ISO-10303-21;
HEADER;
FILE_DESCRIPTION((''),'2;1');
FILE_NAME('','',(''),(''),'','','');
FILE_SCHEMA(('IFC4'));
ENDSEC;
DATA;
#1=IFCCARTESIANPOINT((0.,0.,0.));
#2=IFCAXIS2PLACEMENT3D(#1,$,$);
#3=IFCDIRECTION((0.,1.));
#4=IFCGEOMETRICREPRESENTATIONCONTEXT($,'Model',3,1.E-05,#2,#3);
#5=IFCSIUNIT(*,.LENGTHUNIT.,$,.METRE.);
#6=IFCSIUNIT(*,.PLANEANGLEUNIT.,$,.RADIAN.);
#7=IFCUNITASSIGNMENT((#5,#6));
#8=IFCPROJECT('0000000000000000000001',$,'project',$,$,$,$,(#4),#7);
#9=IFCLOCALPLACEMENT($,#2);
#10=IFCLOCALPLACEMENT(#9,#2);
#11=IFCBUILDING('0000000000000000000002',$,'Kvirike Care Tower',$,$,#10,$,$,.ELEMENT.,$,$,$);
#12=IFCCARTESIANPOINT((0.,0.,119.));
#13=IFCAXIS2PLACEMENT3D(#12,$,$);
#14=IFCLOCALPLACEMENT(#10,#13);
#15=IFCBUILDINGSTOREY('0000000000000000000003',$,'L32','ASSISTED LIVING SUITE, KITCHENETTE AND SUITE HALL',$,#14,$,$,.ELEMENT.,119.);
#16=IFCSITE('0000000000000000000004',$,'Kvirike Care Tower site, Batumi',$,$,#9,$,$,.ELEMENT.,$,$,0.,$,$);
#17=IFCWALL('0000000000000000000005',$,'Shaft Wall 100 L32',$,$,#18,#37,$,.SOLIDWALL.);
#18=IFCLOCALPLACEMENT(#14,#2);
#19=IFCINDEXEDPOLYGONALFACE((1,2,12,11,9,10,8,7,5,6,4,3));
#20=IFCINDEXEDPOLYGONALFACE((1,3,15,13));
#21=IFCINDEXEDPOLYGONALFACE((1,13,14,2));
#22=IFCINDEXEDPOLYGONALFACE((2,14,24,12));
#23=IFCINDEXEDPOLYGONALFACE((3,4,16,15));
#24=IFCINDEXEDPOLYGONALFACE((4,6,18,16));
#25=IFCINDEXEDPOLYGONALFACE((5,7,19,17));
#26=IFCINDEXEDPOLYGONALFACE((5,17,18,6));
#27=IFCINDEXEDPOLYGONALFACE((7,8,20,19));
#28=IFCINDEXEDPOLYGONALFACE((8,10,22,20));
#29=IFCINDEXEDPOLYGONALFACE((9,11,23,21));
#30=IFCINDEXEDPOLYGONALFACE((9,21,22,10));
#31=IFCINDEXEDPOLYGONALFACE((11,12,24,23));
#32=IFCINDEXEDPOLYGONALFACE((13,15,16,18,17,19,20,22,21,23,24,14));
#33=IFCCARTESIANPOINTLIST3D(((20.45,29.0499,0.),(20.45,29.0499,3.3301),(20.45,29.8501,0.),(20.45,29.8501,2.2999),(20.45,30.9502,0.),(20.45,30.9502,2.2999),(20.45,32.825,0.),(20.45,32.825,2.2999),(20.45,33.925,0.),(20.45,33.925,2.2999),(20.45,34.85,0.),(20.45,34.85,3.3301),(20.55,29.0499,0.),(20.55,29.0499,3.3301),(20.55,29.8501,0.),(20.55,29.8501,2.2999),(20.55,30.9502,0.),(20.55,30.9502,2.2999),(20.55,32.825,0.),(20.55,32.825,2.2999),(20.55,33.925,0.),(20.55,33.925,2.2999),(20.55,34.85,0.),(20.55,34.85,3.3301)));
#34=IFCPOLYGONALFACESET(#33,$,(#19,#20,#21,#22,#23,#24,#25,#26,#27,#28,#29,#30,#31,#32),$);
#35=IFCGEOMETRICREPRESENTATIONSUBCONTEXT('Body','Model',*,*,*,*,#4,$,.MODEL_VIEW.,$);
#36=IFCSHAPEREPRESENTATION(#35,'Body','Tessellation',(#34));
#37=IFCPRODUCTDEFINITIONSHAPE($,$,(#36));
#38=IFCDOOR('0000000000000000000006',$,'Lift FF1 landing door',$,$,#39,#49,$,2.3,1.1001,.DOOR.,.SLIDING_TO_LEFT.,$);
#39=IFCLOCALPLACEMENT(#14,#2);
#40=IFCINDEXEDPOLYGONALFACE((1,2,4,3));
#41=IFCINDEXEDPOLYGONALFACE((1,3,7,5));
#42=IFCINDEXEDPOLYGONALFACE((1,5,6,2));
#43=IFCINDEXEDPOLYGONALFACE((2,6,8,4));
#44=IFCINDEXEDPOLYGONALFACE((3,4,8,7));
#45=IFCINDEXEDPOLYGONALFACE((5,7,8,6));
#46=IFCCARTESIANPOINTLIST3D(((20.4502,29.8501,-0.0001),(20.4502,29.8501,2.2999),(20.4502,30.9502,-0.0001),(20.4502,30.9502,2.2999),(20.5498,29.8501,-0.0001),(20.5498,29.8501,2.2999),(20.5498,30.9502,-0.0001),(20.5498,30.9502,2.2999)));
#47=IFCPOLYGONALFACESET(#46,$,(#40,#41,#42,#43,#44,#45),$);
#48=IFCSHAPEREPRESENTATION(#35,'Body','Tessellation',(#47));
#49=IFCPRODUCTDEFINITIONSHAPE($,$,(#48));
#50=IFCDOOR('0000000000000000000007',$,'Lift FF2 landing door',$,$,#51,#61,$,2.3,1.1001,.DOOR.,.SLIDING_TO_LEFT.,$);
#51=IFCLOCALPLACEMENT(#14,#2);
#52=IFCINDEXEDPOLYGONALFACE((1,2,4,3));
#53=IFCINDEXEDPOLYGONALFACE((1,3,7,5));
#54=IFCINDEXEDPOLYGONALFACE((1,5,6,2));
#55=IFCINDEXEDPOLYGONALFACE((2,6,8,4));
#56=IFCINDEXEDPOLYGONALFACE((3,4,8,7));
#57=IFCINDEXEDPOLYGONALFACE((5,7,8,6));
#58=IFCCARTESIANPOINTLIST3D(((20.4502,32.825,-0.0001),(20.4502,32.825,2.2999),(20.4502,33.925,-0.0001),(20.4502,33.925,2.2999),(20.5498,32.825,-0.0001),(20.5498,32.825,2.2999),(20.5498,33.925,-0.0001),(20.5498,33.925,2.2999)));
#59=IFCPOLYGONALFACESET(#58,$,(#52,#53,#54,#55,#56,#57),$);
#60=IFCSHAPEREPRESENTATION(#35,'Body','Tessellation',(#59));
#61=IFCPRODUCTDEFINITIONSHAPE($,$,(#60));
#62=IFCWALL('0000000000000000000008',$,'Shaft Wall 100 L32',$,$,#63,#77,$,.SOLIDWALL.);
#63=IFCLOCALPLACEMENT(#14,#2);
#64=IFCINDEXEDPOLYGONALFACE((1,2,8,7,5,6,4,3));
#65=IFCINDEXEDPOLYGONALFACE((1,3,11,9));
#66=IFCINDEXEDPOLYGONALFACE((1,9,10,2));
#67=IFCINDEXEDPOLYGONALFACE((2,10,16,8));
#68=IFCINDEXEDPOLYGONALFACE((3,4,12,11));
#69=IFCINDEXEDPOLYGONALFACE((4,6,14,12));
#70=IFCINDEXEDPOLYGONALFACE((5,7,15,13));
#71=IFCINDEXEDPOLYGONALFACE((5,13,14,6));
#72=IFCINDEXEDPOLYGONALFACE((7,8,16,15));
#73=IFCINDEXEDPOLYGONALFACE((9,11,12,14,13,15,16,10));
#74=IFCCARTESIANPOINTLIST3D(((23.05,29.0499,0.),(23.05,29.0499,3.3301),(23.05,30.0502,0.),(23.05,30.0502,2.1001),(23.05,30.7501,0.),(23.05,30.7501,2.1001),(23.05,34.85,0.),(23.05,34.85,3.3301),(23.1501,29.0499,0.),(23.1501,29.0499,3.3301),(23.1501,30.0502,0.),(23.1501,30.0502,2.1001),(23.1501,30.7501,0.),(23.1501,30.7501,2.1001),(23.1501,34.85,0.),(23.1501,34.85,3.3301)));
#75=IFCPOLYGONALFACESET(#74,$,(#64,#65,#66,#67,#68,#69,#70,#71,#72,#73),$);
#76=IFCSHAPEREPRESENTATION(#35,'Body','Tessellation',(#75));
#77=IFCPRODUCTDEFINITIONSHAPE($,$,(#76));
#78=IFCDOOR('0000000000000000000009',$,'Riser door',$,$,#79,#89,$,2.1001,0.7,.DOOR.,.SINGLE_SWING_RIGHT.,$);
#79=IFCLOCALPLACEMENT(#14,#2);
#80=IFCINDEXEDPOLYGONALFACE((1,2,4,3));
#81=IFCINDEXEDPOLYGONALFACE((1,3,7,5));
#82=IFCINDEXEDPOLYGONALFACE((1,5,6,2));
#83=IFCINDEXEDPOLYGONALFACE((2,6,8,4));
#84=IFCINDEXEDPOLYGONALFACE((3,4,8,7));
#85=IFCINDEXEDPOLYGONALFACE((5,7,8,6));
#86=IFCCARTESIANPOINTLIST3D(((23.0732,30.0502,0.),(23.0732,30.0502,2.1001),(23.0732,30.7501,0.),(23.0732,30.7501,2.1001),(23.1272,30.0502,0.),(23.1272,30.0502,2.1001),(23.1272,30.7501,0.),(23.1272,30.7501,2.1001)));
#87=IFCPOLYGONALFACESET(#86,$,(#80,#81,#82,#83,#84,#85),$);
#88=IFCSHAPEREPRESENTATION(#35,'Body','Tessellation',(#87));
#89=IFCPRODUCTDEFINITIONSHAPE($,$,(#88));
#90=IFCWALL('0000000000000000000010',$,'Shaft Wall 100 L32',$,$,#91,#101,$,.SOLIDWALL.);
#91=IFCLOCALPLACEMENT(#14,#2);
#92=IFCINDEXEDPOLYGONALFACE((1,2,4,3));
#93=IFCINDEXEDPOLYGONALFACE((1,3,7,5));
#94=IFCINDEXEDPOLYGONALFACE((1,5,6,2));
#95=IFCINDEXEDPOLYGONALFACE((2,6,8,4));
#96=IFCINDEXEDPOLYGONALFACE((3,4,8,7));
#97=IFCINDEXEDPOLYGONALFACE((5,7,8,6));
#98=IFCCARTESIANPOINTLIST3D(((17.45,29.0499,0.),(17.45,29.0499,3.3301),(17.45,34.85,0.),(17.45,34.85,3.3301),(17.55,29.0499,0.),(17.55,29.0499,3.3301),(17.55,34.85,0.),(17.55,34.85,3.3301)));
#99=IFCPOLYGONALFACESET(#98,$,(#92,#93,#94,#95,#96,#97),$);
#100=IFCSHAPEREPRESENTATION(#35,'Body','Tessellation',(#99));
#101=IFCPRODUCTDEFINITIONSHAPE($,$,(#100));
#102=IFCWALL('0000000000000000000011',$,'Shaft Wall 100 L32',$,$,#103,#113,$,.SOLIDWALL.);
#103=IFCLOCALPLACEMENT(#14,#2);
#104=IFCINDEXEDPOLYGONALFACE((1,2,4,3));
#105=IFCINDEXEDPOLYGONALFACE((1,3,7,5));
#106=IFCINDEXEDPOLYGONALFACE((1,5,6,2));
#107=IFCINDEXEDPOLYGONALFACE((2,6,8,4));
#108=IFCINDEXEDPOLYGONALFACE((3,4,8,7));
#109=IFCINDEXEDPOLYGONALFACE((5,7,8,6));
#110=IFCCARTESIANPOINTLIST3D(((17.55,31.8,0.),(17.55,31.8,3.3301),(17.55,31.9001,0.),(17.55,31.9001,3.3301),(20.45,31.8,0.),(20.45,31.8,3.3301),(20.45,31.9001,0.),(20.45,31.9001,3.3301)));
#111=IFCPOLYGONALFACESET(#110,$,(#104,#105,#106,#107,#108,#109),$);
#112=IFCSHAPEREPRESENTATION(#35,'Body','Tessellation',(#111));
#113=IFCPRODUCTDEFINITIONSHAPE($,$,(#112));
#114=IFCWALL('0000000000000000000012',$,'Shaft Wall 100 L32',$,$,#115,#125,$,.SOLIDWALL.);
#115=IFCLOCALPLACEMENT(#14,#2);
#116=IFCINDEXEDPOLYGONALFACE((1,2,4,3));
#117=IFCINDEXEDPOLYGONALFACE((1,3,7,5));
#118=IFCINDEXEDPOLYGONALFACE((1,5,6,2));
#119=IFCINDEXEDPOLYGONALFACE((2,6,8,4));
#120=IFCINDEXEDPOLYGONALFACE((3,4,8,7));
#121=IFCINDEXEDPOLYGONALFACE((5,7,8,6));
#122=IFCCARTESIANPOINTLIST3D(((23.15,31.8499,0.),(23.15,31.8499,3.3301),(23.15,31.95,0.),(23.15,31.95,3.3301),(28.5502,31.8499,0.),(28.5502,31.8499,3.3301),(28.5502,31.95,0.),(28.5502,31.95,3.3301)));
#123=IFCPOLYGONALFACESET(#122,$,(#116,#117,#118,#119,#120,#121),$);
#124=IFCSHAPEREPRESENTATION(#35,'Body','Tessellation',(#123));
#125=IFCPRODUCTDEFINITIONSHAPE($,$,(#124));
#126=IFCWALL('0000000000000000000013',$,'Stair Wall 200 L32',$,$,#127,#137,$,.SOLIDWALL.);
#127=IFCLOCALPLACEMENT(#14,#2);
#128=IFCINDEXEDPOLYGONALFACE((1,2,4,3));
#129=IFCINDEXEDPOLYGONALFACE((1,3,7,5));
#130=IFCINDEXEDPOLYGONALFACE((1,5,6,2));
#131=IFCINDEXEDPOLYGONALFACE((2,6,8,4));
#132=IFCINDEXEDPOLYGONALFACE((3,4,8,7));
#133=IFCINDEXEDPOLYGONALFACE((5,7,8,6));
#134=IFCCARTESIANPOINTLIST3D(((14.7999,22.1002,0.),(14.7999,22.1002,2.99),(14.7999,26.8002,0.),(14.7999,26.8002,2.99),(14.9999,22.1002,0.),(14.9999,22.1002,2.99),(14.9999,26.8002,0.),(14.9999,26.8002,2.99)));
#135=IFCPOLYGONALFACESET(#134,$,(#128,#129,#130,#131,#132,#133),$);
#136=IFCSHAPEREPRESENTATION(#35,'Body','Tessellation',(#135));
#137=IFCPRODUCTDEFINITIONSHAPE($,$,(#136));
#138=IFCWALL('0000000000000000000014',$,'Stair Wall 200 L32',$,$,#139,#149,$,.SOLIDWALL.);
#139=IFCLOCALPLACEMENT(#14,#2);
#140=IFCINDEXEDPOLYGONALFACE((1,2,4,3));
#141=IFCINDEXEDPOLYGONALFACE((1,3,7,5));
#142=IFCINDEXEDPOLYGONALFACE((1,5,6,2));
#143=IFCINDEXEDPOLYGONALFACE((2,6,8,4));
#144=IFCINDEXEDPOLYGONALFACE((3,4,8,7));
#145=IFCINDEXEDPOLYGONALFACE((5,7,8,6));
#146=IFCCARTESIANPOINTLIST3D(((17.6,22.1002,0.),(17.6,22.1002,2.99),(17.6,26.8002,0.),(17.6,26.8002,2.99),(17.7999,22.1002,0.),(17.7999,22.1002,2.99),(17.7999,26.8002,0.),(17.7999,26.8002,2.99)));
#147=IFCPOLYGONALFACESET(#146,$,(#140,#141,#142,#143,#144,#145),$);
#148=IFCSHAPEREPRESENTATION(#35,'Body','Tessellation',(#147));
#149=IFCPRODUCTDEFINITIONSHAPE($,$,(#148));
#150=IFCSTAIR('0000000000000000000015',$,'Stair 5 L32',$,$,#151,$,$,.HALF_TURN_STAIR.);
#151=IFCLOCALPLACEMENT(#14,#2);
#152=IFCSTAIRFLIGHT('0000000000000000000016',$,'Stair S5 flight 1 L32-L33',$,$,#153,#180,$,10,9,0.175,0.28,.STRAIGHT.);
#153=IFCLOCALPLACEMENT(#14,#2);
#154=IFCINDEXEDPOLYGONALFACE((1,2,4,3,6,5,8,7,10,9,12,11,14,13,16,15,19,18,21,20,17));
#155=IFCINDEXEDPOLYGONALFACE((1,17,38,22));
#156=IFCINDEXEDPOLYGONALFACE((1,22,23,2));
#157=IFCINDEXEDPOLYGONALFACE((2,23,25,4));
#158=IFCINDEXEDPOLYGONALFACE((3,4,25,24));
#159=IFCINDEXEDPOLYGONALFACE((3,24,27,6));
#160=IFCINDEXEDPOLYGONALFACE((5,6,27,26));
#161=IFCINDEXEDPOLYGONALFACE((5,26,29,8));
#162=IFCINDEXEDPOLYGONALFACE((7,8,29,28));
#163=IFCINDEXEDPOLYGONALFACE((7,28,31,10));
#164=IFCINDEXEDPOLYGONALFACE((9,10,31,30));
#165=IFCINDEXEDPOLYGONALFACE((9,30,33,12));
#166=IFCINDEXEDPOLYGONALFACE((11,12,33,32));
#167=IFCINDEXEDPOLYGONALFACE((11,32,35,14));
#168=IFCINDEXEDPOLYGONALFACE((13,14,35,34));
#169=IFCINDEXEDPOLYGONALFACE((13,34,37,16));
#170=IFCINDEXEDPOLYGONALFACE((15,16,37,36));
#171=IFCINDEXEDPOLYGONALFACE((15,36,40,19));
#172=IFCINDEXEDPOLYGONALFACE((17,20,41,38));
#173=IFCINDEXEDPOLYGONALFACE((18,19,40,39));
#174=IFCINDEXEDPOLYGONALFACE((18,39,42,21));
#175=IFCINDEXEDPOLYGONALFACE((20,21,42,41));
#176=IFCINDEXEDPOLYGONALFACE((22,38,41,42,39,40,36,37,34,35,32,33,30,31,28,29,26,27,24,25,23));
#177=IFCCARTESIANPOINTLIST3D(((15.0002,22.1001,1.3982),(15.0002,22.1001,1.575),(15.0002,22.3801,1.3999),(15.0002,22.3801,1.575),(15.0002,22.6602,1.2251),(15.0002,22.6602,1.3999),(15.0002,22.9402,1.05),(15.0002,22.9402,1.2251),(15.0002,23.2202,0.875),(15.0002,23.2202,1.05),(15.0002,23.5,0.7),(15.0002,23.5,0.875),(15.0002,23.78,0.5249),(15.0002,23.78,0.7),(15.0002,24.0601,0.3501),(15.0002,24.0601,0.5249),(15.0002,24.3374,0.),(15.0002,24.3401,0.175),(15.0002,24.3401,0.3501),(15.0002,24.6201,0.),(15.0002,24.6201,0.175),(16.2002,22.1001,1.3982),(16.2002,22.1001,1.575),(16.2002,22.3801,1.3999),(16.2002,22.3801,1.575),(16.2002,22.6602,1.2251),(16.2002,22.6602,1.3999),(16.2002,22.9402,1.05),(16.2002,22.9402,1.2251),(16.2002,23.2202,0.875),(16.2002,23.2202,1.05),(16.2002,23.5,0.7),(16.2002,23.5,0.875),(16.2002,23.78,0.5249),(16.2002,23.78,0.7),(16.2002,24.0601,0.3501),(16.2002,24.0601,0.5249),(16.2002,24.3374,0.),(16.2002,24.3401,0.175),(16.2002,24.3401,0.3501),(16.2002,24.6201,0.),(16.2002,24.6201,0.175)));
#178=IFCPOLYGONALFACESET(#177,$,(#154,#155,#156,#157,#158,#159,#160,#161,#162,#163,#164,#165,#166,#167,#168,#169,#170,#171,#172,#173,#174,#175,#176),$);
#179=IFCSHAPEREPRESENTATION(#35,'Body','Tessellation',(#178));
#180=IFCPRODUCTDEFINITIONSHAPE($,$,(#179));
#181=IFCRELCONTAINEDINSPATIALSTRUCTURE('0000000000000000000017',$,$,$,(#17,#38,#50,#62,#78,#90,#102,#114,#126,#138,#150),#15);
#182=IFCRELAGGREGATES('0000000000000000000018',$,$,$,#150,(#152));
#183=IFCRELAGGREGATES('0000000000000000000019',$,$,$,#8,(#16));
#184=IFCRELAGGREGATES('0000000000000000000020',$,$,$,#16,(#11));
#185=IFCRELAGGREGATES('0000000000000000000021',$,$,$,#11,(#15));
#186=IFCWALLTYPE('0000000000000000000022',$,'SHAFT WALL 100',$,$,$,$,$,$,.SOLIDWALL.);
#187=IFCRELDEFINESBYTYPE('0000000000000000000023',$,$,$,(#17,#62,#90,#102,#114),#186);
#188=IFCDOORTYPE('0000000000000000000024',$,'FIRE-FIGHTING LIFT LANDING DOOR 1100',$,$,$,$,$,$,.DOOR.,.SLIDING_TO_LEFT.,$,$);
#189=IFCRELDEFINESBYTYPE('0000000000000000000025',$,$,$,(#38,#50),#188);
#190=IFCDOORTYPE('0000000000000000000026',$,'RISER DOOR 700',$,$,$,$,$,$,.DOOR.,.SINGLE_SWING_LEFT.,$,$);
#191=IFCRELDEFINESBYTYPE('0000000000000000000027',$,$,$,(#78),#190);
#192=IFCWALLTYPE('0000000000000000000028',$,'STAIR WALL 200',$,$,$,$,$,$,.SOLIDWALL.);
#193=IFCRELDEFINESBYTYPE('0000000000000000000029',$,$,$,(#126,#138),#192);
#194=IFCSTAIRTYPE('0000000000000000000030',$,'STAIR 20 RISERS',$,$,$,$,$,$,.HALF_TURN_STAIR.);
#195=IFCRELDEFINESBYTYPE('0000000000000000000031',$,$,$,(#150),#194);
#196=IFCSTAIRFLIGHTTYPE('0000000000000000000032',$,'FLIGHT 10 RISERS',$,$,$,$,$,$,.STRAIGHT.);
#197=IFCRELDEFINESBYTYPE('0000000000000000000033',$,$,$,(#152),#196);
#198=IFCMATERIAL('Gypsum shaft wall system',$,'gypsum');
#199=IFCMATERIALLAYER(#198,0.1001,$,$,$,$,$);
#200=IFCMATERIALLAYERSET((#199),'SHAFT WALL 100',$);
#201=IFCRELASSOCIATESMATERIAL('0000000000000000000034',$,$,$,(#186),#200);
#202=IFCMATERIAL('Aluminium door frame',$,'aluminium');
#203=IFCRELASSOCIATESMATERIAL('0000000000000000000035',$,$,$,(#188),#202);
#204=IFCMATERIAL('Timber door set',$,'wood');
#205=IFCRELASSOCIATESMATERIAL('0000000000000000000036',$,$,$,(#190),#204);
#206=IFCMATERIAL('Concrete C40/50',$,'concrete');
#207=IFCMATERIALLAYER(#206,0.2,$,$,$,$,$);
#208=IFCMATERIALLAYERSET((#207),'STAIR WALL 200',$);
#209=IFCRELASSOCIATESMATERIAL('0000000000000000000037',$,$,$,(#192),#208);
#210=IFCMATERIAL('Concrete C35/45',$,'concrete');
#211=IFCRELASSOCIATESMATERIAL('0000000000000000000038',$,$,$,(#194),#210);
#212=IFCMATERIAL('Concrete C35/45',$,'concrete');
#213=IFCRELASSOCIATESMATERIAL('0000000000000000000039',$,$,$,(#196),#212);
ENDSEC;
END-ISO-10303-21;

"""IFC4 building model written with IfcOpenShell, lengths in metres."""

from ifc_helpers import new_model, si_unit, direction, frame, frame_2d, origin, place, context, subcontext, project, spatial, polyline, rectangle, outline, extrude, material, layer, layer_set, type_object, element, fill, aggregate, save


model = new_model("IFC4")

# Units and contexts
model_context = context("Model", 3, precision=1e-05, world=origin(), true_north=direction((0.0, 1.0)))
body_context = subcontext(model_context, "Body", "Model", "MODEL_VIEW")
ifc_project = project(units=[si_unit("LENGTHUNIT", "METRE"), si_unit("PLANEANGLEUNIT", "RADIAN")], contexts=[model_context])

# Site, building, storey
site_placement = place(None, origin())
site = spatial("IfcSite", under=ifc_project, at=site_placement, Name="Kvirike Care Tower site, Batumi", CompositionType="ELEMENT", RefElevation=0.0)
building_placement = place(site_placement, origin())
building = spatial("IfcBuilding", under=site, at=building_placement, Name="Kvirike Care Tower", CompositionType="ELEMENT")
storey_placement = place(building_placement, frame((0.0, 0.0, 119.0)))
storey = spatial("IfcBuildingStorey", under=building, at=storey_placement, Name="L32", Description="ASSISTED LIVING SUITE, KITCHENETTE AND SUITE HALL", CompositionType="ELEMENT", Elevation=119.0)

# Wall, openings, doors
ifc_material_1 = material(Name="Gypsum shaft wall system", Category="gypsum")
ifc_layer_1 = layer(ifc_material_1, 0.1001)
ifc_layer_set_1 = layer_set([ifc_layer_1], Name="SHAFT WALL 100")
wall_type_1 = type_object("IfcWallType", Name="SHAFT WALL 100", PredefinedType="SOLIDWALL", material=ifc_layer_set_1)
wall_1_placement = place(storey_placement, frame((20.5, 29.05, 0.0), z_axis=(0.0, 0.0, 1.0), x_axis=(0.0, 1.0, 0.0)))
wall_1 = element("IfcWall", 1, at=wall_1_placement, inside=storey, type_object=wall_type_1, Name="Shaft Wall 100 L32", PredefinedType="SOLIDWALL", context=body_context, shape_type="SweptSolid", body=[
    extrude(rectangle(XDim=5.8, YDim=0.1001, at=frame_2d((2.8999, 0.0))), origin(), (0.0, 0.0, 1.0), 3.3301),
])
opening_1_placement = place(wall_1_placement, frame((0.8, 0.0, 0.0)))
opening_1 = element("IfcOpeningElement", 2, at=opening_1_placement, cuts=wall_1, PredefinedType="OPENING", context=body_context, shape_type="SweptSolid", body=[
    extrude(rectangle(XDim=1.1001, YDim=2.3, at=frame_2d((0.55, 1.1499))), frame((0.0, 0.0605, 0.0), z_axis=(0.0, -1.0, 0.0), x_axis=(1.0, 0.0, 0.0)), (0.0, 0.0, 1.0), 0.1211),
])
opening_2_placement = place(wall_1_placement, frame((3.7749, 0.0, 0.0)))
opening_2 = element("IfcOpeningElement", 3, at=opening_2_placement, cuts=wall_1, PredefinedType="OPENING", context=body_context, shape_type="SweptSolid", body=[
    extrude(rectangle(XDim=1.1001, YDim=2.3, at=frame_2d((0.55, 1.1499))), frame((0.0, 0.0605, 0.0), z_axis=(0.0, -1.0, 0.0), x_axis=(1.0, 0.0, 0.0)), (0.0, 0.0, 1.0), 0.1211),
])
ifc_material_2 = material(Name="Aluminium door frame", Category="aluminium")
door_type_1 = type_object("IfcDoorType", Name="FIRE-FIGHTING LIFT LANDING DOOR 1100", OperationType="SLIDING_TO_LEFT", PredefinedType="DOOR", material=ifc_material_2)
door_1_placement = place(opening_1_placement, origin())
door_1 = element("IfcDoor", 4, at=door_1_placement, inside=storey, type_object=door_type_1, Name="Lift FF1 landing door", OperationType="SLIDING_TO_LEFT", OverallHeight=2.3, OverallWidth=1.1001, PredefinedType="DOOR", context=body_context, shape_type="SweptSolid", body=[
    extrude(rectangle(XDim=1.1001, YDim=2.3, at=frame_2d((0.55, 1.1499))), frame((0.0, 0.0498, 0.0), z_axis=(0.0, -1.0, 0.0), x_axis=(1.0, 0.0, 0.0)), (0.0, 0.0, 1.0), 0.0996),
])
fill(opening_1, door_1)
door_2_placement = place(opening_2_placement, origin())
door_2 = element("IfcDoor", 5, at=door_2_placement, inside=storey, type_object=door_type_1, Name="Lift FF2 landing door", OperationType="SLIDING_TO_LEFT", OverallHeight=2.3, OverallWidth=1.1001, PredefinedType="DOOR", context=body_context, shape_type="SweptSolid", body=[
    extrude(rectangle(XDim=1.1001, YDim=2.3, at=frame_2d((0.55, 1.1499))), frame((0.0, 0.0498, 0.0), z_axis=(0.0, -1.0, 0.0), x_axis=(1.0, 0.0, 0.0)), (0.0, 0.0, 1.0), 0.0996),
])
fill(opening_2, door_2)

# Wall, opening, door
wall_2_placement = place(storey_placement, frame((23.1001, 29.05, 0.0), z_axis=(0.0, 0.0, 1.0), x_axis=(0.0, 1.0, 0.0)))
wall_2 = element("IfcWall", 6, at=wall_2_placement, inside=storey, type_object=wall_type_1, Name="Shaft Wall 100 L32", PredefinedType="SOLIDWALL", context=body_context, shape_type="SweptSolid", body=[
    extrude(rectangle(XDim=5.8, YDim=0.1001, at=frame_2d((2.8999, 0.0))), origin(), (0.0, 0.0, 1.0), 3.3301),
])
opening_3_placement = place(wall_2_placement, frame((1.0, 0.0, 0.0)))
opening_3 = element("IfcOpeningElement", 7, at=opening_3_placement, cuts=wall_2, PredefinedType="OPENING", context=body_context, shape_type="SweptSolid", body=[
    extrude(rectangle(XDim=0.7, YDim=2.1001, at=frame_2d((0.3501, 1.05))), frame((0.0, 0.0605, 0.0), z_axis=(0.0, -1.0, 0.0), x_axis=(1.0, 0.0, 0.0)), (0.0, 0.0, 1.0), 0.1211),
])
ifc_material_3 = material(Name="Timber door set", Category="wood")
door_type_2 = type_object("IfcDoorType", Name="RISER DOOR 700", OperationType="SINGLE_SWING_LEFT", PredefinedType="DOOR", material=ifc_material_3)
door_3_placement = place(opening_3_placement, origin())
door_3 = element("IfcDoor", 8, at=door_3_placement, inside=storey, type_object=door_type_2, Name="Riser door", OperationType="SINGLE_SWING_RIGHT", OverallHeight=2.1001, OverallWidth=0.7, PredefinedType="DOOR", context=body_context, shape_type="SweptSolid", body=[
    extrude(rectangle(XDim=0.7, YDim=2.1001, at=frame_2d((0.3501, 1.05))), frame((0.0, 0.0269, 0.0), z_axis=(0.0, -1.0, 0.0), x_axis=(1.0, 0.0, 0.0)), (0.0, 0.0, 1.0), 0.054),
])
fill(opening_3, door_3)

# Walls
wall_3_placement = place(storey_placement, frame((17.5, 29.05, 0.0), z_axis=(0.0, 0.0, 1.0), x_axis=(0.0, 1.0, 0.0)))
element("IfcWall", 9, at=wall_3_placement, inside=storey, type_object=wall_type_1, Name="Shaft Wall 100 L32", PredefinedType="SOLIDWALL", context=body_context, shape_type="SweptSolid", body=[
    extrude(rectangle(XDim=5.8, YDim=0.1001, at=frame_2d((2.8999, 0.0))), origin(), (0.0, 0.0, 1.0), 3.3301),
])
wall_4_placement = place(storey_placement, frame((17.55, 31.8501, 0.0), z_axis=(0.0, 0.0, 1.0), x_axis=(1.0, 0.0, 0.0)))
element("IfcWall", 10, at=wall_4_placement, inside=storey, type_object=wall_type_1, Name="Shaft Wall 100 L32", PredefinedType="SOLIDWALL", context=body_context, shape_type="SweptSolid", body=[
    extrude(rectangle(XDim=2.8999, YDim=0.1001, at=frame_2d((1.45, 0.0))), origin(), (0.0, 0.0, 1.0), 3.3301),
])
wall_5_placement = place(storey_placement, frame((23.1499, 31.8999, 0.0), z_axis=(0.0, 0.0, 1.0), x_axis=(1.0, 0.0, 0.0)))
element("IfcWall", 11, at=wall_5_placement, inside=storey, type_object=wall_type_1, Name="Shaft Wall 100 L32", PredefinedType="SOLIDWALL", context=body_context, shape_type="SweptSolid", body=[
    extrude(rectangle(XDim=5.4001, YDim=0.1001, at=frame_2d((2.7002, 0.0))), origin(), (0.0, 0.0, 1.0), 3.3301),
])
ifc_material_4 = material(Name="Concrete C40/50", Category="concrete")
ifc_layer_2 = layer(ifc_material_4, 0.2)
ifc_layer_set_2 = layer_set([ifc_layer_2], Name="STAIR WALL 200")
wall_type_2 = type_object("IfcWallType", Name="STAIR WALL 200", PredefinedType="SOLIDWALL", material=ifc_layer_set_2)
for number, where, z_axis, x_axis, name in (
    (12, (14.8999, 22.1001, 0.0), (0.0, 0.0, 1.0), (0.0, 1.0, 0.0), "Stair Wall 200 L32"),
    (13, (17.7, 22.1001, 0.0), (0.0, 0.0, 1.0), (0.0, 1.0, 0.0), "Stair Wall 200 L32"),
):
    element("IfcWall", number, at=place(storey_placement, frame(where, z_axis=z_axis, x_axis=x_axis)), inside=storey, type_object=wall_type_2, Name=name, PredefinedType="SOLIDWALL", context=body_context, shape_type="SweptSolid", body=[
        extrude(rectangle(XDim=4.7, YDim=0.2, at=frame_2d((2.3501, 0.0))), origin(), (0.0, 0.0, 1.0), 2.99),
    ])

# Stair, stair flight
ifc_material_5 = material(Name="Concrete C35/45", Category="concrete")
stair_type = type_object("IfcStairType", Name="STAIR 20 RISERS", PredefinedType="HALF_TURN_STAIR", material=ifc_material_5)
stair_placement = place(storey_placement, origin())
stair = element("IfcStair", 14, at=stair_placement, inside=storey, type_object=stair_type, Name="Stair 5 L32", PredefinedType="HALF_TURN_STAIR")
ifc_material_6 = material(Name="Concrete C35/45", Category="concrete")
stair_flight_type = type_object("IfcStairFlightType", Name="FLIGHT 10 RISERS", PredefinedType="STRAIGHT", material=ifc_material_6)
stair_flight_1_placement = place(storey_placement, frame((15.6001, 24.6201, 0.0), z_axis=(0.0, 0.0, 1.0), x_axis=(0.0, -1.0, 0.0)))
stair_flight_1 = element("IfcStairFlight", 15, at=stair_flight_1_placement, type_object=stair_flight_type, Name="Stair S5 flight 1 L32-L33", NumberOfRisers=10, NumberOfTreads=9, PredefinedType="STRAIGHT", RiserHeight=0.175, TreadLength=0.28, context=body_context, shape_type="SweptSolid", body=[
    extrude(outline(polyline([(0.0, 0.0), (0.0, 0.175), (0.28, 0.175), (0.28, 0.3501), (0.5601, 0.3501), (0.5601, 0.5249), (0.8401, 0.5249), (0.8401, 0.7), (1.1201, 0.7), (1.1201, 0.875), (1.3999, 0.875), (1.3999, 1.05), (1.6799, 1.05), (1.6799, 1.2251), (1.96, 1.2251), (1.96, 1.3999), (2.24, 1.3999), (2.24, 1.575), (2.52, 1.575), (2.52, 1.75), (2.52, 1.3982), (0.2827, 0.0), (0.0, 0.0)])), frame((0.0, 0.6001, 0.0), z_axis=(0.0, -1.0, 0.0), x_axis=(1.0, 0.0, 0.0)), (0.0, 0.0, 1.0), 1.2),
])
aggregate(stair, [stair_flight_1])

save(model, "model.ifc")
